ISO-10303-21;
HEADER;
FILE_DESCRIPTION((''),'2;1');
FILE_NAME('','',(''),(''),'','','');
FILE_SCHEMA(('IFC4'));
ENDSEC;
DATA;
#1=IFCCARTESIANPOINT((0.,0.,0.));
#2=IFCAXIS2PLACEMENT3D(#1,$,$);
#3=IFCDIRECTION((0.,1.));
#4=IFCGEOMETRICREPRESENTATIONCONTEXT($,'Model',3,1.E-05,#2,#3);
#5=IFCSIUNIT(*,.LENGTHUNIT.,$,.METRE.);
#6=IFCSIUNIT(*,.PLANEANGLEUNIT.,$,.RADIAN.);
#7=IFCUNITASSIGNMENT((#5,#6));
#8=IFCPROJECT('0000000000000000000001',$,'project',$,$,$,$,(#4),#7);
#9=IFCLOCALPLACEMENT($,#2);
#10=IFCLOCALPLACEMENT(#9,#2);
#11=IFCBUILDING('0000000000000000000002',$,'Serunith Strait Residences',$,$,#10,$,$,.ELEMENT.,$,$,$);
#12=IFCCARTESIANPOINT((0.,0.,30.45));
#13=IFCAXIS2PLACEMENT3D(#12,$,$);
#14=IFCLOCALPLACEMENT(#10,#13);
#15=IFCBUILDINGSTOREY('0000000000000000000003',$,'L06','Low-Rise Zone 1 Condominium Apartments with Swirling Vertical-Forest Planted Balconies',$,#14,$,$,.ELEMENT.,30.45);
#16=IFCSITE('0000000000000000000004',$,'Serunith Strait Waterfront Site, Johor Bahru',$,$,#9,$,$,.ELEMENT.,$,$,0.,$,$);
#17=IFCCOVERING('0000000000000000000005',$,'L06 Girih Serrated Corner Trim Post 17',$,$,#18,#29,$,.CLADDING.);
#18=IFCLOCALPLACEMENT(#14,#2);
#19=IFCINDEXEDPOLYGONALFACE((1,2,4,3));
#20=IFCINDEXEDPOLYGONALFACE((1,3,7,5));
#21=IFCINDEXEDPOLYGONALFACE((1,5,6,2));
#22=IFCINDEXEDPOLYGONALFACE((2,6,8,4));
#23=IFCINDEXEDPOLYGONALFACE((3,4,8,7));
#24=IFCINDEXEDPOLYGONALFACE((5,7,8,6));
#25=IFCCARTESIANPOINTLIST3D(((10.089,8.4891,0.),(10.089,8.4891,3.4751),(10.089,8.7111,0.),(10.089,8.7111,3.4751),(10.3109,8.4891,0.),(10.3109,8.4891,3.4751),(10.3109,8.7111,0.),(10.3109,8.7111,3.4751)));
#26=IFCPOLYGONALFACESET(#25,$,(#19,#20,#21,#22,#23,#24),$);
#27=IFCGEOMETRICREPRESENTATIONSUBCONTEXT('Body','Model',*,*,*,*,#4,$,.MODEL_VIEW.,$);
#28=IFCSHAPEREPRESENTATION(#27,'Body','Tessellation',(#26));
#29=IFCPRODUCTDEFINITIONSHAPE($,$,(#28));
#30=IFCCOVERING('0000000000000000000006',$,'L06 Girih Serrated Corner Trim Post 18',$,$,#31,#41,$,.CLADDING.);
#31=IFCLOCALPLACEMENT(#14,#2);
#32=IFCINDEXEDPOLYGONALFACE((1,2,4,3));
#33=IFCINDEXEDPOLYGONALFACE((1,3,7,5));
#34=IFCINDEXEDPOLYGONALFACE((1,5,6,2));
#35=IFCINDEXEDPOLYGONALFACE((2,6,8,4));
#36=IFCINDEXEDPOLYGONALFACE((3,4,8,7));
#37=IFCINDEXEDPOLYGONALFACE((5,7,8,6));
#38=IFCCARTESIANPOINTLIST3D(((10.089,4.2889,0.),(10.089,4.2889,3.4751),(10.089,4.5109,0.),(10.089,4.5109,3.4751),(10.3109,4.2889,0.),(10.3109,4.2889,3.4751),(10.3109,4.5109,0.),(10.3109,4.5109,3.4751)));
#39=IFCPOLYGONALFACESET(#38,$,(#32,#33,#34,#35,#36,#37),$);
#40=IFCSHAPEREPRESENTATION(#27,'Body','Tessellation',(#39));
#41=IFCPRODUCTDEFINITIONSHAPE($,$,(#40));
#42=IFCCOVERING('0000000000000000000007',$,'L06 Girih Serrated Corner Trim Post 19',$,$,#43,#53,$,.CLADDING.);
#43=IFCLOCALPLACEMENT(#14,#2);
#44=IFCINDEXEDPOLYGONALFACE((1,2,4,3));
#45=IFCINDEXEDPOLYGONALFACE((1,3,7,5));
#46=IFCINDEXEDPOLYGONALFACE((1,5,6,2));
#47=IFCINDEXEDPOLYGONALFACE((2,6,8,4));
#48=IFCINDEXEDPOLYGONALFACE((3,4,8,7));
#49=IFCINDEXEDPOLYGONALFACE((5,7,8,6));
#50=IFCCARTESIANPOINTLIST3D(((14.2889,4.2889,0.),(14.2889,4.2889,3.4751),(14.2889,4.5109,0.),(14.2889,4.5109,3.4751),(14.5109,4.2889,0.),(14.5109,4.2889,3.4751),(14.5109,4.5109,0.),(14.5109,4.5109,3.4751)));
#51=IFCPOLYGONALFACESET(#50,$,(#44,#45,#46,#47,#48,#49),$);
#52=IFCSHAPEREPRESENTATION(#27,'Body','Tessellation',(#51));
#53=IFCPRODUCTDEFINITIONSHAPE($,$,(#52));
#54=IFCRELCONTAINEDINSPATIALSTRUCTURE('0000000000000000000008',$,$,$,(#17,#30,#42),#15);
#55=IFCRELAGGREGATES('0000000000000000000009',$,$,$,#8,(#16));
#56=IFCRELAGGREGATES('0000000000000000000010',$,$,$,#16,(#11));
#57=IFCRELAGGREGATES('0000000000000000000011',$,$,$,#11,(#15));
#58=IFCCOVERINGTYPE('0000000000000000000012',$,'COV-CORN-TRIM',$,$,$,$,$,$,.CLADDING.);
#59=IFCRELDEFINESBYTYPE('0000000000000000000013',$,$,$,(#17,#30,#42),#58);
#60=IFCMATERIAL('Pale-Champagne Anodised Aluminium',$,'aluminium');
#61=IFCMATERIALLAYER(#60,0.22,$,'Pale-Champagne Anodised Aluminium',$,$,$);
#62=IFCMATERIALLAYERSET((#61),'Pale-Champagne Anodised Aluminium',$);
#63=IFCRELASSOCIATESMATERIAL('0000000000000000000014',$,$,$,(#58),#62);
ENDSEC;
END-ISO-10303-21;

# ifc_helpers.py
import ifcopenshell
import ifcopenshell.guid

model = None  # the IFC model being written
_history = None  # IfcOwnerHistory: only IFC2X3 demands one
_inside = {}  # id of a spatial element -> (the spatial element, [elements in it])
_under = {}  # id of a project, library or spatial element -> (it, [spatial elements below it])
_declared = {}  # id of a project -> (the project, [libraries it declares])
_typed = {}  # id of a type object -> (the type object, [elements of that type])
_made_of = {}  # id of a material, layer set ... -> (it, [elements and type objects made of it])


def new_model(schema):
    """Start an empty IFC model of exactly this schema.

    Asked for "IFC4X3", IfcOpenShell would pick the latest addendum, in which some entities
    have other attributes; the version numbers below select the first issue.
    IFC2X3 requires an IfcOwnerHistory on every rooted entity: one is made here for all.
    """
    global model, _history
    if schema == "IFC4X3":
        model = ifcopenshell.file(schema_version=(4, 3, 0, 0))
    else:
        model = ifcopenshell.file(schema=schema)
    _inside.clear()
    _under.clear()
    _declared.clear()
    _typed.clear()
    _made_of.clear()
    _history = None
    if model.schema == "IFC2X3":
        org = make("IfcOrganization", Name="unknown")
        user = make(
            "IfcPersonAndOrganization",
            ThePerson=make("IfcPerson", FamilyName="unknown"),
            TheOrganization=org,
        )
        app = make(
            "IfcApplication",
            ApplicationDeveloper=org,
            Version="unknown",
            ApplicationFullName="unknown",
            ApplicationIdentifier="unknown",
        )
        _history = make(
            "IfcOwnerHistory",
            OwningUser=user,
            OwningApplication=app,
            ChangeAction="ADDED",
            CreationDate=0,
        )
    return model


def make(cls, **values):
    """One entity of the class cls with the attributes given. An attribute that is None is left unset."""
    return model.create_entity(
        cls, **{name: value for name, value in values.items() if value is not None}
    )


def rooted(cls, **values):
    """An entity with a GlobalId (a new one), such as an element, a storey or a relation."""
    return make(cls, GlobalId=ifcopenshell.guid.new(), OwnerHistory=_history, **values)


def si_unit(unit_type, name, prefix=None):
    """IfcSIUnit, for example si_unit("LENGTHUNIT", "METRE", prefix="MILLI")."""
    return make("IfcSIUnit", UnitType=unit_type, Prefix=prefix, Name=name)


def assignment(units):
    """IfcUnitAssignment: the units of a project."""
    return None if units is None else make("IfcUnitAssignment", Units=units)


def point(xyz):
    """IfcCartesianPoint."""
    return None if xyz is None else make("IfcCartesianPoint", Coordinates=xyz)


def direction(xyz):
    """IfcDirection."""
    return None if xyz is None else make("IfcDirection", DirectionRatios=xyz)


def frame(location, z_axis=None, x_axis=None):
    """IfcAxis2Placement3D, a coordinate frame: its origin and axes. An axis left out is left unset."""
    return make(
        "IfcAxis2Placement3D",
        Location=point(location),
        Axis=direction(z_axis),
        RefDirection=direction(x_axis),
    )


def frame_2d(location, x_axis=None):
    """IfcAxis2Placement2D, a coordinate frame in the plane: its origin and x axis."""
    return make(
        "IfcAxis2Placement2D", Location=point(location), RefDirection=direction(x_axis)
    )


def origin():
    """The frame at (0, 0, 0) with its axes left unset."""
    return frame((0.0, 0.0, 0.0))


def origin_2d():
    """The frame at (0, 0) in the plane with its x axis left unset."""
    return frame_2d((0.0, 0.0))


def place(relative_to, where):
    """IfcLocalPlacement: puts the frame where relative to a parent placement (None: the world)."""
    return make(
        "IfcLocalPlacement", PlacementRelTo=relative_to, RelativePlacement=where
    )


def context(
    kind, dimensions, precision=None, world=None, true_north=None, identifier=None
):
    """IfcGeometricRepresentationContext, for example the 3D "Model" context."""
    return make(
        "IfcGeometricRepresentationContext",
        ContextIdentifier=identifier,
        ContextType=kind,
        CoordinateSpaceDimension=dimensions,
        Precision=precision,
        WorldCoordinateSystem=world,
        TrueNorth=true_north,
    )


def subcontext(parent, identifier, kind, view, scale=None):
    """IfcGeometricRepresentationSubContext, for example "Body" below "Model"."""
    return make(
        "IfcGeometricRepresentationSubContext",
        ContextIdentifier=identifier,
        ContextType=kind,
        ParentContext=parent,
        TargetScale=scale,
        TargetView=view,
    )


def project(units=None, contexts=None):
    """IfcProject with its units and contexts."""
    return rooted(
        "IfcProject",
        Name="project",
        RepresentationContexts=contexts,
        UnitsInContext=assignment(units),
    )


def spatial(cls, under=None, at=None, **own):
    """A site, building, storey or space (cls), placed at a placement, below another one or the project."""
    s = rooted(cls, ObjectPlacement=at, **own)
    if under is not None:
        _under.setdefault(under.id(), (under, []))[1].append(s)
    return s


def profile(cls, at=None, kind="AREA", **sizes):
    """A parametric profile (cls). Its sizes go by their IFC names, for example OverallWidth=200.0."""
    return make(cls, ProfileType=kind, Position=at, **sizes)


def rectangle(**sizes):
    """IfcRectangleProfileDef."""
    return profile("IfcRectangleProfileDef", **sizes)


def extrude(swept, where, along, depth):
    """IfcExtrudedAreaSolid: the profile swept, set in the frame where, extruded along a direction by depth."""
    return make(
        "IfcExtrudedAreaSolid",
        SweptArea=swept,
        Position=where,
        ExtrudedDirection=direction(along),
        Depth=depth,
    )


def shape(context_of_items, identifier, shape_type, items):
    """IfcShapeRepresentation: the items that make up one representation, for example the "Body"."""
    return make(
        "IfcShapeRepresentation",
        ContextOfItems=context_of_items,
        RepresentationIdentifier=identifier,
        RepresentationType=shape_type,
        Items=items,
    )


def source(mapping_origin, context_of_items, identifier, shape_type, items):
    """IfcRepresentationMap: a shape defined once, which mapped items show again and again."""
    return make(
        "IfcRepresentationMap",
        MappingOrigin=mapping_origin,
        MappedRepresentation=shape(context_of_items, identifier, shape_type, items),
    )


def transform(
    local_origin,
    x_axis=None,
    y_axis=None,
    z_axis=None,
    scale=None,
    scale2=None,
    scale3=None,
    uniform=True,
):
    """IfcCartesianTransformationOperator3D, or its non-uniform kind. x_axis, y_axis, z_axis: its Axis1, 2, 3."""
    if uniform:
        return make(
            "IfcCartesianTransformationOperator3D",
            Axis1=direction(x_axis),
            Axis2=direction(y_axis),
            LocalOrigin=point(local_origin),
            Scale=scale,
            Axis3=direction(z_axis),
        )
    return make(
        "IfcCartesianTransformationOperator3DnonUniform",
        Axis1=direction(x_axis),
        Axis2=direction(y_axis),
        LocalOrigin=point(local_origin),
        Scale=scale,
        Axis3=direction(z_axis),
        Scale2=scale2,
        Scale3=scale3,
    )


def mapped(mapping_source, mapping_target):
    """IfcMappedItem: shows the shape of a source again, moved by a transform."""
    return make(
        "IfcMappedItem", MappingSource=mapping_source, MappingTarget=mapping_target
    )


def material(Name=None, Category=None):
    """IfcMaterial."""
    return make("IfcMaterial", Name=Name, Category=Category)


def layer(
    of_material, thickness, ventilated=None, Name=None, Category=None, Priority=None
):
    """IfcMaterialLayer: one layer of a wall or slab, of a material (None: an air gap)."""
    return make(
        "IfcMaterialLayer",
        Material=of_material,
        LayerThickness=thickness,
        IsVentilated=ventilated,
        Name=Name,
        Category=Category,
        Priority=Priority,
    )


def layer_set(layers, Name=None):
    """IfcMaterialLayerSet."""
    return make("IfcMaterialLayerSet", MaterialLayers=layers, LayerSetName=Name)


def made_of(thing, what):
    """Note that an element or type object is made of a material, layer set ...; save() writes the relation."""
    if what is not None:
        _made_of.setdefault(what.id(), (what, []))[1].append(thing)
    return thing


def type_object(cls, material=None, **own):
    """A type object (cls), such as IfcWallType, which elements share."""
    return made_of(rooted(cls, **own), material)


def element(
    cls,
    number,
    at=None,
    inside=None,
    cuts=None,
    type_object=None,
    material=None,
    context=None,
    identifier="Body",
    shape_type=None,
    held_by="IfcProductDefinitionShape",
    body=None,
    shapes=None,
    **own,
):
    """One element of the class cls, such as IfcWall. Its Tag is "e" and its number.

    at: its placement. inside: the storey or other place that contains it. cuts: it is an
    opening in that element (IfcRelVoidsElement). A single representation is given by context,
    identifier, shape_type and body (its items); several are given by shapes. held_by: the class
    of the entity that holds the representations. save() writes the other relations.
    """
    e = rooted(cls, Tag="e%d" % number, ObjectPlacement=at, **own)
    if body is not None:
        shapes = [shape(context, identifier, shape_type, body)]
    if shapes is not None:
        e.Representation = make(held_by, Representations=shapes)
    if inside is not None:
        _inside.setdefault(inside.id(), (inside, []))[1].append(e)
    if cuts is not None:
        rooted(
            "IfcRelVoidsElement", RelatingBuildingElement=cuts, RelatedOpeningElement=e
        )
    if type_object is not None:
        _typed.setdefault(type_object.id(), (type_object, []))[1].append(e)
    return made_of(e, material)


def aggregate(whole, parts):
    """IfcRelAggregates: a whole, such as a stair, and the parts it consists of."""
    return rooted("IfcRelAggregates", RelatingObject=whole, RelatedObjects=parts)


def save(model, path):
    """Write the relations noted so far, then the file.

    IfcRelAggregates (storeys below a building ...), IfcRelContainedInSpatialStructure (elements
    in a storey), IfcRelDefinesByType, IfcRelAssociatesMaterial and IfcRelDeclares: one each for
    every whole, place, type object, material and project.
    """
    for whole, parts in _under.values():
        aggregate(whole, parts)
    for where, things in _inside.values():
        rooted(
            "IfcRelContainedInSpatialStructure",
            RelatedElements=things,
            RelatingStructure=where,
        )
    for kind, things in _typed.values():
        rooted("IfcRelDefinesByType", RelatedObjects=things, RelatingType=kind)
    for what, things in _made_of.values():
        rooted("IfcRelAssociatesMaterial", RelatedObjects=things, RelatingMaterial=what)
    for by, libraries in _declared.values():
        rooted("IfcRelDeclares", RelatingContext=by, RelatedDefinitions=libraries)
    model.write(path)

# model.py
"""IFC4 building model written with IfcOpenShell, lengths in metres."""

from ifc_helpers import new_model, si_unit, direction, frame, origin, origin_2d, place, context, subcontext, project, spatial, rectangle, extrude, source, transform, mapped, material, layer, layer_set, type_object, element, save


model = new_model("IFC4")

# Units and contexts
model_context = context("Model", 3, precision=1e-05, world=origin(), true_north=direction((0.0, 1.0)))
body_context = subcontext(model_context, "Body", "Model", "MODEL_VIEW")
ifc_project = project(units=[si_unit("LENGTHUNIT", "METRE"), si_unit("PLANEANGLEUNIT", "RADIAN")], contexts=[model_context])

# Site, building, storey
site_placement = place(None, origin())
site = spatial("IfcSite", under=ifc_project, at=site_placement, Name="Serunith Strait Waterfront Site, Johor Bahru", CompositionType="ELEMENT", RefElevation=0.0)
building_placement = place(site_placement, origin())
building = spatial("IfcBuilding", under=site, at=building_placement, Name="Serunith Strait Residences", CompositionType="ELEMENT")
storey_placement = place(building_placement, frame((0.0, 0.0, 30.45)))
storey = spatial("IfcBuildingStorey", under=building, at=storey_placement, Name="L06", Description="Low-Rise Zone 1 Condominium Apartments with Swirling Vertical-Forest Planted Balconies", CompositionType="ELEMENT", Elevation=30.45)

# Shared definitions
ifc_material_1 = material(Name="Pale-Champagne Anodised Aluminium", Category="aluminium")

# Coverings
ifc_layer_1 = layer(ifc_material_1, 0.22, Name="Pale-Champagne Anodised Aluminium")
ifc_layer_set_1 = layer_set([ifc_layer_1], Name="Pale-Champagne Anodised Aluminium")
covering_type_1 = type_object("IfcCoveringType", Name="COV-CORN-TRIM", PredefinedType="CLADDING", material=ifc_layer_set_1)
shared_shape_1 = source(origin(), body_context, "Body", "SweptSolid", [
    extrude(rectangle(XDim=0.2219, YDim=0.2219, at=origin_2d()), origin(), (0.0, 0.0, 1.0), 3.4751),
])
for number, where, z_axis, x_axis, name in (
    (1, (10.2, 8.6001, 0.0), (0.0, 0.0, 1.0), (1.0, 0.0, 0.0), "L06 Girih Serrated Corner Trim Post 17"),
    (2, (10.2, 4.3999, 0.0), (0.0, 0.0, 1.0), (1.0, 0.0, 0.0), "L06 Girih Serrated Corner Trim Post 18"),
    (3, (14.3999, 4.3999, 0.0), (0.0, 0.0, 1.0), (1.0, 0.0, 0.0), "L06 Girih Serrated Corner Trim Post 19"),
):
    element("IfcCovering", number, at=place(storey_placement, frame(where, z_axis=z_axis, x_axis=x_axis)), inside=storey, type_object=covering_type_1, Name=name, PredefinedType="CLADDING", context=body_context, shape_type="MappedRepresentation", body=[
        mapped(shared_shape_1, transform((0.0, 0.0, 0.0), scale=1.0)),
    ])

save(model, "model.ifc")
